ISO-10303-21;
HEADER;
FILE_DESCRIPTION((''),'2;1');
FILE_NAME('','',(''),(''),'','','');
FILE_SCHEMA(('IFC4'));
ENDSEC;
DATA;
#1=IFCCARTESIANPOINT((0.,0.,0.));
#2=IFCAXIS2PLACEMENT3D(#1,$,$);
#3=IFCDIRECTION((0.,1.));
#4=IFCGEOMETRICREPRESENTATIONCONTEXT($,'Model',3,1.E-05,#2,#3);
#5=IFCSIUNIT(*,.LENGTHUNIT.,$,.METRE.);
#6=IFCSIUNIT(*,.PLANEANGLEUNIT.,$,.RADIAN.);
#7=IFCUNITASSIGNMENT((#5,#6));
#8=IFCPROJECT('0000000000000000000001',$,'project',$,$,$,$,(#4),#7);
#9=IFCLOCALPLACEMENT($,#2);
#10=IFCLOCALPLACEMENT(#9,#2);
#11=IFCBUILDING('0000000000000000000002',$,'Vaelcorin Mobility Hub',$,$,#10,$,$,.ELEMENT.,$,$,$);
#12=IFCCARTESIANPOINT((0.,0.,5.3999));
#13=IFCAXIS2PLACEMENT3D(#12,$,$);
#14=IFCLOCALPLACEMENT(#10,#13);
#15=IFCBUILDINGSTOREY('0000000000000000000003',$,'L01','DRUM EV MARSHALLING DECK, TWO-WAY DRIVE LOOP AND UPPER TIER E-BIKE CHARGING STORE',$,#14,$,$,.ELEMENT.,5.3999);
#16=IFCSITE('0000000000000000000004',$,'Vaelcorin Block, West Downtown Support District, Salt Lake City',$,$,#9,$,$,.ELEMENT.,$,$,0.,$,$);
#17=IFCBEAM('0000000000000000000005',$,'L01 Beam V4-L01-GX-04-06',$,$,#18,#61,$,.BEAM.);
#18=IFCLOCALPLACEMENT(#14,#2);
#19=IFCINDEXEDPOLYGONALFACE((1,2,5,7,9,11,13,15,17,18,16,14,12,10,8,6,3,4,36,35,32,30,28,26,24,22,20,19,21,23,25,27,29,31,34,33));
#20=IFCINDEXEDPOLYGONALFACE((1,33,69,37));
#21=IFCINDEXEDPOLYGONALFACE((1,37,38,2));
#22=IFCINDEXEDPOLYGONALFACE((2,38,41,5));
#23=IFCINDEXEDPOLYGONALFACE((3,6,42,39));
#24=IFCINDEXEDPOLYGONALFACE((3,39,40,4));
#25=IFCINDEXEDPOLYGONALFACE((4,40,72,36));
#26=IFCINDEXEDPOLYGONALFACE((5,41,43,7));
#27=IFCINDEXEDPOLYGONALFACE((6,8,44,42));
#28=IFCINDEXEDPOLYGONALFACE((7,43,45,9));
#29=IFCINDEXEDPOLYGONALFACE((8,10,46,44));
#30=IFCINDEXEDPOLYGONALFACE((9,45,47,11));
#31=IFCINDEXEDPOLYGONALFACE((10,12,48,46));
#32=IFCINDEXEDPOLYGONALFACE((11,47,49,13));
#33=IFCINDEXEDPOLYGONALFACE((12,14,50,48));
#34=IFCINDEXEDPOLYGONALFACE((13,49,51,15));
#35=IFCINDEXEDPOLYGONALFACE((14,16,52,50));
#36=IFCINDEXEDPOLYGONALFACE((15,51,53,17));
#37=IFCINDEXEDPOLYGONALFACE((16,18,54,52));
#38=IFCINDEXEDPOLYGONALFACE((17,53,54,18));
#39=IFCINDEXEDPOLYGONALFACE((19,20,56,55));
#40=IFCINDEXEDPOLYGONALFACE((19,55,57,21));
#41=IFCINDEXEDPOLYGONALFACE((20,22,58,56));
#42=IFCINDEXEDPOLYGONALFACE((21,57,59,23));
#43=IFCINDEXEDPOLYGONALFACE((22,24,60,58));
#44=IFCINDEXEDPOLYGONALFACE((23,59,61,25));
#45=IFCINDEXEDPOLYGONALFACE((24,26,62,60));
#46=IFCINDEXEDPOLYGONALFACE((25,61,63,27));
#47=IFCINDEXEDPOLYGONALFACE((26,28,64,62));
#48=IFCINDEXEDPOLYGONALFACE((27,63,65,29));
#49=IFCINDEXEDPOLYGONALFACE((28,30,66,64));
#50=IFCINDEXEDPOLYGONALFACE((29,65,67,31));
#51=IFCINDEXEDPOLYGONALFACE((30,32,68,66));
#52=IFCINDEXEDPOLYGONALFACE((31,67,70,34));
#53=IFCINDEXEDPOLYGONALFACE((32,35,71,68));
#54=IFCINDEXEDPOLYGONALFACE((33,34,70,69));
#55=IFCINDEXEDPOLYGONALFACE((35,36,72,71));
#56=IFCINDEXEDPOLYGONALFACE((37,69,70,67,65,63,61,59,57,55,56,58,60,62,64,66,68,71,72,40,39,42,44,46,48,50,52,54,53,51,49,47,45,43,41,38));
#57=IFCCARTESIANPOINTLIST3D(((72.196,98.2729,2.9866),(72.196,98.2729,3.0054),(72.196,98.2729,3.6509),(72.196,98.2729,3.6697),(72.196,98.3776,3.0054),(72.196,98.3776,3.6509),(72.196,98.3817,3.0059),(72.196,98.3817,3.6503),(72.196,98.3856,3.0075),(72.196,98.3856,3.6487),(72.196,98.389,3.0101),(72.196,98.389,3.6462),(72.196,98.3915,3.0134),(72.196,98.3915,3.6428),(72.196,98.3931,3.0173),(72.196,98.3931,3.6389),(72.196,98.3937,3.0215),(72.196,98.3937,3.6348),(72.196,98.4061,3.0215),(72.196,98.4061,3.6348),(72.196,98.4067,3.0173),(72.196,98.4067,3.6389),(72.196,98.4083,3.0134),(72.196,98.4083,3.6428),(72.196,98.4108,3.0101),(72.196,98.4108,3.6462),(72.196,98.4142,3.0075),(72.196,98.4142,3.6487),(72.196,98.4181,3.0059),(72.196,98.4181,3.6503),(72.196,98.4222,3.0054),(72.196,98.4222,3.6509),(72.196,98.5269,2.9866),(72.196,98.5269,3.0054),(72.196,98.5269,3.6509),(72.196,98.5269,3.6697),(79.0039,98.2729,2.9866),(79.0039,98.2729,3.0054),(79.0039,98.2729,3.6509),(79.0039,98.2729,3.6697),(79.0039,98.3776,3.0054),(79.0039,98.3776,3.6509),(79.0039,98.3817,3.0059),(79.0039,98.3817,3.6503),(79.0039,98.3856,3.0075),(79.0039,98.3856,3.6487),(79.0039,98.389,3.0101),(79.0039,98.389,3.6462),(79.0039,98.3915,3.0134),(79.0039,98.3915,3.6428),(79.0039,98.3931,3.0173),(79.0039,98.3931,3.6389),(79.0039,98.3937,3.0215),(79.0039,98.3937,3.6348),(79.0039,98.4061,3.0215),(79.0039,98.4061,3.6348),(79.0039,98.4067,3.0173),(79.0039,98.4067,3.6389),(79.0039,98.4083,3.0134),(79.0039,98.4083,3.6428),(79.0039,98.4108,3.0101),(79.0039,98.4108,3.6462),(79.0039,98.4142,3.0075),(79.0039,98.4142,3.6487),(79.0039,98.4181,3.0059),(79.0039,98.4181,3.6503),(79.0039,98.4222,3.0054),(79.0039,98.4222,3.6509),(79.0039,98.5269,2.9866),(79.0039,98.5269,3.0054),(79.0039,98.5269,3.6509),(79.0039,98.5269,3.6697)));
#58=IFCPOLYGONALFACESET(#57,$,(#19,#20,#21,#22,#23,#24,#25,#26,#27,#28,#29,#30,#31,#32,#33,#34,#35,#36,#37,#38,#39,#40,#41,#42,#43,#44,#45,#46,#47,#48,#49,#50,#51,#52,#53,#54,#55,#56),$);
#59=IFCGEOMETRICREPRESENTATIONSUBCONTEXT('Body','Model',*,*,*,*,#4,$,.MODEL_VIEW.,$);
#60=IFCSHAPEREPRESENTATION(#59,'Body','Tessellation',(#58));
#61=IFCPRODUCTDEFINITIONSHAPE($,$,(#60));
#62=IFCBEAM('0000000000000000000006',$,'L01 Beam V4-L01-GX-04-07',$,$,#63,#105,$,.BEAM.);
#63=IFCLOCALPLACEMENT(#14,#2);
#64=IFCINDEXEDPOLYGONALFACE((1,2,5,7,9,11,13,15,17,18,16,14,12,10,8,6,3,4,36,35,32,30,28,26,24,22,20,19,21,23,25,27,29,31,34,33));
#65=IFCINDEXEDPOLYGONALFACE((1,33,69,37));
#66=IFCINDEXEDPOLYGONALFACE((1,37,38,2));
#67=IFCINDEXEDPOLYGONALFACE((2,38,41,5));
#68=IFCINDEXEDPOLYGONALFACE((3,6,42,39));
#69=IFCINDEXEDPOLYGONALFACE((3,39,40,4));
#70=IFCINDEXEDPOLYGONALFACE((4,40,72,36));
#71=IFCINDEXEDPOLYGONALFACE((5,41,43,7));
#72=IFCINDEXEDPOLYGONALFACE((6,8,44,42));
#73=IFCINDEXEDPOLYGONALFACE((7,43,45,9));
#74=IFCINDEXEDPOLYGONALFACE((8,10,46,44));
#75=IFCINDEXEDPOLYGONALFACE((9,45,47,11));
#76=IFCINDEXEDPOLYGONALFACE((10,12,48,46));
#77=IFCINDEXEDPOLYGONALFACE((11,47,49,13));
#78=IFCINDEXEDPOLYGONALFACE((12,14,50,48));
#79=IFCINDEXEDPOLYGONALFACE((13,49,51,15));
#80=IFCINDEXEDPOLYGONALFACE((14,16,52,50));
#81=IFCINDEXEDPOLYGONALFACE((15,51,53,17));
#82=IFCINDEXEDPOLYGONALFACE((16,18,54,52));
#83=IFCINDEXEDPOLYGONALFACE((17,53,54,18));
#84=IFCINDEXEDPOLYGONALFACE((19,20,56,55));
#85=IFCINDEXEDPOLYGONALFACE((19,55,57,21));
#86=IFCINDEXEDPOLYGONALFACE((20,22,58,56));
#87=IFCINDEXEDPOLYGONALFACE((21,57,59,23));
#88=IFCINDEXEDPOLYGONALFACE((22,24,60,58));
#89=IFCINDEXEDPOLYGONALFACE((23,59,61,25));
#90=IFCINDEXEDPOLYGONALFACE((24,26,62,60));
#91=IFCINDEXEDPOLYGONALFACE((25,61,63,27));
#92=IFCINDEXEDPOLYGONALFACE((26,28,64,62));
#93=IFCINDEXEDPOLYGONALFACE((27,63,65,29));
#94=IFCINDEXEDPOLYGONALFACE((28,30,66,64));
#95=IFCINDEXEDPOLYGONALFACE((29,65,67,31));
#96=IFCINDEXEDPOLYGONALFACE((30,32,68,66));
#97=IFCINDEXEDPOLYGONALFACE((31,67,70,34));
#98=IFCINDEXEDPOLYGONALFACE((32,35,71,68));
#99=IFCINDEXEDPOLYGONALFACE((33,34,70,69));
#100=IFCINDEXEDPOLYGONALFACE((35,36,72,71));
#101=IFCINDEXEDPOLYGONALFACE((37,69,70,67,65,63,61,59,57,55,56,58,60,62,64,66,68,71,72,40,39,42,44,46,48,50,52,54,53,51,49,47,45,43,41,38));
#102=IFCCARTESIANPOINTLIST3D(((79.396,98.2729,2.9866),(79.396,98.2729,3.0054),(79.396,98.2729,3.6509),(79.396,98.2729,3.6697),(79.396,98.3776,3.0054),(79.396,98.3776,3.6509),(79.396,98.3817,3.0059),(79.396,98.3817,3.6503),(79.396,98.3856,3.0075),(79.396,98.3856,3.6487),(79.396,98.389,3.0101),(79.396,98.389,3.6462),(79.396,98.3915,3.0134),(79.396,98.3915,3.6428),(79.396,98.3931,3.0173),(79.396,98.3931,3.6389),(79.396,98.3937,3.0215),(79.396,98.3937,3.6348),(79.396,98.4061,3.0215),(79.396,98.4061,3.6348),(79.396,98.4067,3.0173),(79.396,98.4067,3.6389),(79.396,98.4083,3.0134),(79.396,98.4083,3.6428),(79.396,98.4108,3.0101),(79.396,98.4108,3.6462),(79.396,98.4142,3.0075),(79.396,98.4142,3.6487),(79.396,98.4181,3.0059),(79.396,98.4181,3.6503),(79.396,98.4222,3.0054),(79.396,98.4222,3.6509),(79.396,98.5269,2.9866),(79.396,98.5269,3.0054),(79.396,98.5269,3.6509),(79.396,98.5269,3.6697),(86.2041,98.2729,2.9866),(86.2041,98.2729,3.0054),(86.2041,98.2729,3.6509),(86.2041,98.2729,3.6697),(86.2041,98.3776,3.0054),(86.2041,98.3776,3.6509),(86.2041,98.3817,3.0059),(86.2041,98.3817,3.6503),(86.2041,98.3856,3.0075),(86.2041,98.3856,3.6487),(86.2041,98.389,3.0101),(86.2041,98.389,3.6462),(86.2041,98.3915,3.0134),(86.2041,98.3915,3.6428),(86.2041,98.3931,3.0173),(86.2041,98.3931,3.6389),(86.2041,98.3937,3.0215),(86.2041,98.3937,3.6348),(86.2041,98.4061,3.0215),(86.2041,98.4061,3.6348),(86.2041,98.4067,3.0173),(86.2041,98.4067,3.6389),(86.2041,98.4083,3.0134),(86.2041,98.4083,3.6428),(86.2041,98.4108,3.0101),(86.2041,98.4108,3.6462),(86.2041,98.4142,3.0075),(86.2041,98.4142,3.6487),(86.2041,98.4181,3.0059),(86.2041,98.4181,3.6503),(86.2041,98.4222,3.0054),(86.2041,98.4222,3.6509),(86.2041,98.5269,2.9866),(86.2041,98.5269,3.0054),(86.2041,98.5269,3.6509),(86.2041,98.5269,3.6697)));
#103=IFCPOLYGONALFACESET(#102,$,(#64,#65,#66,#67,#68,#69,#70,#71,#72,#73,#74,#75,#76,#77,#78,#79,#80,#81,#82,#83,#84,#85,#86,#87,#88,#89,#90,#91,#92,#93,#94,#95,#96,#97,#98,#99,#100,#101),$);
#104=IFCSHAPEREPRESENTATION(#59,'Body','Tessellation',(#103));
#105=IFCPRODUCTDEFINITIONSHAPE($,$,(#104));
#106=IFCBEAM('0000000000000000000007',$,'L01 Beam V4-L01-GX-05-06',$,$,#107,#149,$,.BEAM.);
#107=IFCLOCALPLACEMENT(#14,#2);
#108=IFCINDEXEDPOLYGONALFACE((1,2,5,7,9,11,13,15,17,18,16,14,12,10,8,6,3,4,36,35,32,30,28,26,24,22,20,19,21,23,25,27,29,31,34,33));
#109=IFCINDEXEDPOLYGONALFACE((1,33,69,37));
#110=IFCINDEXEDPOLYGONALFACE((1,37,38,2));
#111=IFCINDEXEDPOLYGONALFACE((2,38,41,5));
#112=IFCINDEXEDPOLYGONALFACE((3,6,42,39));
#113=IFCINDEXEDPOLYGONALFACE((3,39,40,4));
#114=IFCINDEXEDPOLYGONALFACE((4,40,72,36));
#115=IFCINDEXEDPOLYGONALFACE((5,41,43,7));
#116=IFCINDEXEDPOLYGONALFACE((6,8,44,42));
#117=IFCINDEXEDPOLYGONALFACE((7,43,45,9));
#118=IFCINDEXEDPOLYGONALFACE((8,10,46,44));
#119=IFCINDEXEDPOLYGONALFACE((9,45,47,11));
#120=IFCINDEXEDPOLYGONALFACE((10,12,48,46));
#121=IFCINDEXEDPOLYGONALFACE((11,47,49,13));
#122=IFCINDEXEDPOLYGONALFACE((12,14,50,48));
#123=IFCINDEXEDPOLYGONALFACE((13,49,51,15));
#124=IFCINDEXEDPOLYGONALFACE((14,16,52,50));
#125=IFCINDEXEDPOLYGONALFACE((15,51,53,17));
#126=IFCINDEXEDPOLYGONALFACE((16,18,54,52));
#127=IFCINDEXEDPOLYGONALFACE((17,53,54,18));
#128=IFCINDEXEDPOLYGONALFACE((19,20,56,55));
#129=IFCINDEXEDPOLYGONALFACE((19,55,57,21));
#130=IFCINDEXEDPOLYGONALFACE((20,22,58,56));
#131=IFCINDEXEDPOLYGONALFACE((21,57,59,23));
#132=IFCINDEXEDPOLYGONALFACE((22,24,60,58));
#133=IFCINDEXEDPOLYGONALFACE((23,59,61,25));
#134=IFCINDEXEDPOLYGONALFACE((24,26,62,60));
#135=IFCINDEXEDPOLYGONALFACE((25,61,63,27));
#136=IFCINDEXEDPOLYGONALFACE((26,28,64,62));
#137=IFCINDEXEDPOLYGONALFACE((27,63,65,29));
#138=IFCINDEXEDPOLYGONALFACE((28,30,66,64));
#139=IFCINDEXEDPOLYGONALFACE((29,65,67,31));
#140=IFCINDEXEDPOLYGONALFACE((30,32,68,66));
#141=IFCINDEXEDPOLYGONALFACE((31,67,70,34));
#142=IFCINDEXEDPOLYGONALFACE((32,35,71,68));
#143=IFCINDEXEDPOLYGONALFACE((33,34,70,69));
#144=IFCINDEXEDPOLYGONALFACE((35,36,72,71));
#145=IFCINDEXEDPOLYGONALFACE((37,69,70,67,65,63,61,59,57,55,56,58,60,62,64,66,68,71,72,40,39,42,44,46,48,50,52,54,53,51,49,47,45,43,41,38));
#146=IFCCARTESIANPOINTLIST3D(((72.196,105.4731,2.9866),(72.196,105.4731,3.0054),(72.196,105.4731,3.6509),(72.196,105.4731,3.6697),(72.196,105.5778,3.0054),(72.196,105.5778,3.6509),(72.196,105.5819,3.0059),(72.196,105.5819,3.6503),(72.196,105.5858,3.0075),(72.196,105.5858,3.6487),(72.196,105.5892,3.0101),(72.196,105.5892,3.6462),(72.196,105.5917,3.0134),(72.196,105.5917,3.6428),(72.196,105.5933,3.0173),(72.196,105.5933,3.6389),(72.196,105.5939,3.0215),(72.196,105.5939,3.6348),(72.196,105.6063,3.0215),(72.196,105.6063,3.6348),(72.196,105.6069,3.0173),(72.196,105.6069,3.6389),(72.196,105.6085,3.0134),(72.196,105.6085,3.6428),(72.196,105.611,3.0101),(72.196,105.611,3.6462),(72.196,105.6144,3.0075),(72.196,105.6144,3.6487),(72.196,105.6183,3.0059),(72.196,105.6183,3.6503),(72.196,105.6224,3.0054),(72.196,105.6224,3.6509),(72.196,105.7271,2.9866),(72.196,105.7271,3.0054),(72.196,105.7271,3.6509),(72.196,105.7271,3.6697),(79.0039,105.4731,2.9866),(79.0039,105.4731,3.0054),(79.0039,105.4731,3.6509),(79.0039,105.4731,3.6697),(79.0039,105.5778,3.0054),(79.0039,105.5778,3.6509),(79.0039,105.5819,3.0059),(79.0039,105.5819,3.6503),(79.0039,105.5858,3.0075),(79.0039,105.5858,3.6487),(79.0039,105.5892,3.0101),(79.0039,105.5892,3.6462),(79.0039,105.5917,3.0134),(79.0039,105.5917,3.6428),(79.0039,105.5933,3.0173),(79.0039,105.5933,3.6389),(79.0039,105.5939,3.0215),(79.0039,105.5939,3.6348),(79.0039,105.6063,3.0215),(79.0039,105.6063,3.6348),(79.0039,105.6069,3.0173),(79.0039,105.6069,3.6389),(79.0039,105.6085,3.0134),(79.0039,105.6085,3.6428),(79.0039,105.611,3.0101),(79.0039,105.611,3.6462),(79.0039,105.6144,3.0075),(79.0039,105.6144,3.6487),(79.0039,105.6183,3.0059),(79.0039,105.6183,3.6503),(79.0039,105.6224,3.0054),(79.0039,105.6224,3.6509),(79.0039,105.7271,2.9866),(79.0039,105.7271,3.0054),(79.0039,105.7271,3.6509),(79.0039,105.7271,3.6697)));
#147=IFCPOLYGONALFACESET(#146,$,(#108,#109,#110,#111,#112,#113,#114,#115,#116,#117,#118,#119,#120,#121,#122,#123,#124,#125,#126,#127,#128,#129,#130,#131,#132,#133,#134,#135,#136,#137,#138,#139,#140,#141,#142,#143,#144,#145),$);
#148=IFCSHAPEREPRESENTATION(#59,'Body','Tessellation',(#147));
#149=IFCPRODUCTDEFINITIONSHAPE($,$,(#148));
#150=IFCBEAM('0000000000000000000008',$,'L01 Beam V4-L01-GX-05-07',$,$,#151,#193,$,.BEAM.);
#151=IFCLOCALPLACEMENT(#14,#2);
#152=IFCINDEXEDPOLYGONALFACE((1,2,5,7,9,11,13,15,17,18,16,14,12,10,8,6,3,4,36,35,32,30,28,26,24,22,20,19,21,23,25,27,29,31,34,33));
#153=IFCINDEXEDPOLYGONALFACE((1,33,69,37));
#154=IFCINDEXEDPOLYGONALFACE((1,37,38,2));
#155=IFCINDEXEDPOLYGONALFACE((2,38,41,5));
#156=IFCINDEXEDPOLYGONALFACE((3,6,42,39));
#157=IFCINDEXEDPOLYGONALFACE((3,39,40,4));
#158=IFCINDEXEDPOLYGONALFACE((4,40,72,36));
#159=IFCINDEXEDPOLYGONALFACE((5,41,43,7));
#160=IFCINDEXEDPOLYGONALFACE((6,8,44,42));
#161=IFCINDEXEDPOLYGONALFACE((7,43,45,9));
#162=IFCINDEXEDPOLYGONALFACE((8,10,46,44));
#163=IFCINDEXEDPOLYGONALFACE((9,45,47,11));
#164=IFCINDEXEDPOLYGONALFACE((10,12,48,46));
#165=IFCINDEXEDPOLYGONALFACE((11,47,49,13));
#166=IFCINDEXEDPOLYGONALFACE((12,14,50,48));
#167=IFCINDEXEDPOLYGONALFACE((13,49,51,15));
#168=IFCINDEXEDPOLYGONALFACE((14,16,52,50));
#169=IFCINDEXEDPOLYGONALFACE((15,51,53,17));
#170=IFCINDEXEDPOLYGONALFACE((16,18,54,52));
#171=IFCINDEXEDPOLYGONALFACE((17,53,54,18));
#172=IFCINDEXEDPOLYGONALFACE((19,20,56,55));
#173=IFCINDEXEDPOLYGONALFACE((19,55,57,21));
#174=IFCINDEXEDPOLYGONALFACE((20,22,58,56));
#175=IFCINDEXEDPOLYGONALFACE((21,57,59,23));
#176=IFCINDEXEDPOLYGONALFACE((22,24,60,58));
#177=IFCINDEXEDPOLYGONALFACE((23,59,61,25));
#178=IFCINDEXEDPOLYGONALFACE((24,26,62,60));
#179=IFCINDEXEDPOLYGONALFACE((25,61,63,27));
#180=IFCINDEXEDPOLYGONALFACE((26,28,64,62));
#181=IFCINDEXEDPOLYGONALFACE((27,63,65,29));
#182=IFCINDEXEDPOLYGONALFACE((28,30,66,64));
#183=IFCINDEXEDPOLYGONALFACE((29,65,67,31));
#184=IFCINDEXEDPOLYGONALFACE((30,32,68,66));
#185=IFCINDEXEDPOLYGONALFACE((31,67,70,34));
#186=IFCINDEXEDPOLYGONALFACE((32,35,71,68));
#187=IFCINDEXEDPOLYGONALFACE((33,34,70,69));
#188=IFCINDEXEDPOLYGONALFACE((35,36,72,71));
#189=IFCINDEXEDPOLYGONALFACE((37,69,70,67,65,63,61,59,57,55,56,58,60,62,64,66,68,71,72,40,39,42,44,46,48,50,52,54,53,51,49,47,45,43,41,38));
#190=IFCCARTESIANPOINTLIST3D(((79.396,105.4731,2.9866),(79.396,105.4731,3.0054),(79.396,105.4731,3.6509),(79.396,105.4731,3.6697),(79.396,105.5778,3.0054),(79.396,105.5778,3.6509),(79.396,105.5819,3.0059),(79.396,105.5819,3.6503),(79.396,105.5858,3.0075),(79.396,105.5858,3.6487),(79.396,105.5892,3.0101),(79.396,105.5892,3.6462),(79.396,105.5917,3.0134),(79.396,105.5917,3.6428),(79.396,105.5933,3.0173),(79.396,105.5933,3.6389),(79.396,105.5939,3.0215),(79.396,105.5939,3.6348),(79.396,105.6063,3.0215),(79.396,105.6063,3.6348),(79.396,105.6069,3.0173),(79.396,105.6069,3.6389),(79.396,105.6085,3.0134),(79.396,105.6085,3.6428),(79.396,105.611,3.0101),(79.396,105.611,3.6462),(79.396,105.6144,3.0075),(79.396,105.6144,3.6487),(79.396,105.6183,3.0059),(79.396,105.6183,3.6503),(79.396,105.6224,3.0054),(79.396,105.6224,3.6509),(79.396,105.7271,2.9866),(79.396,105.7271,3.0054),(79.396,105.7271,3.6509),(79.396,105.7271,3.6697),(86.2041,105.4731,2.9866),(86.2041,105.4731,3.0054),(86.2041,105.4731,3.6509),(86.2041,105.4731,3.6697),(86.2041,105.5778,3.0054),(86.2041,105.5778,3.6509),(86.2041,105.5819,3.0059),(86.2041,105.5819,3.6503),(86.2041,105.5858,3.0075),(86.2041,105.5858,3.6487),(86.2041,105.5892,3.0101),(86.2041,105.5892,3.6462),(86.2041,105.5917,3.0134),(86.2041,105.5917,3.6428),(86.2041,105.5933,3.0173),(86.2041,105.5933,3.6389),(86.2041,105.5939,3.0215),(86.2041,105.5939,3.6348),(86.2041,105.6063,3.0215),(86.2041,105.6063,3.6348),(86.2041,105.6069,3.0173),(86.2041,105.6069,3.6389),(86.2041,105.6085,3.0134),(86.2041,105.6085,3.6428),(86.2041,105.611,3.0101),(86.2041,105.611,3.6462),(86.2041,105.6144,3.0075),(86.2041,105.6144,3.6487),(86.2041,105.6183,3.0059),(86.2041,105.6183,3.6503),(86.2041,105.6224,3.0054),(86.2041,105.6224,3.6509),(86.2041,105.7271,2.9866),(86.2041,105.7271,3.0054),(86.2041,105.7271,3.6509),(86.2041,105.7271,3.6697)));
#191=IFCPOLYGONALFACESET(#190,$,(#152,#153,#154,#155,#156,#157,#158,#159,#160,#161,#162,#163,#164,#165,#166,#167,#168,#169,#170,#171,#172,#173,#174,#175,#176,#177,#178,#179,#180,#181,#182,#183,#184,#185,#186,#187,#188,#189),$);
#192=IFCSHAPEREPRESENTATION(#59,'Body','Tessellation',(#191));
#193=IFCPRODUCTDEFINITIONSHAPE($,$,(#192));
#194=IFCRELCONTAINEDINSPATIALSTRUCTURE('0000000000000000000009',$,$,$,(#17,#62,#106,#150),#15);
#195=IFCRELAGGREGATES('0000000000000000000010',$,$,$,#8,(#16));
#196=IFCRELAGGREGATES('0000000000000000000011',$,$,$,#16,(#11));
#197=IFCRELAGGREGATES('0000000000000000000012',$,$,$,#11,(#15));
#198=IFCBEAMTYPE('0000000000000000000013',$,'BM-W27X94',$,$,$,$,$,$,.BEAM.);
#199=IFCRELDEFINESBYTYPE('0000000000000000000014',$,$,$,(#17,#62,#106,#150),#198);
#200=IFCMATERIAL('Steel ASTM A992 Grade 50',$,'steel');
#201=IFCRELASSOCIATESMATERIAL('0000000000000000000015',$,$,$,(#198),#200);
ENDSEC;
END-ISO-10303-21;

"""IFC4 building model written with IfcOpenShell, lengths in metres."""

from ifc_helpers import new_model, si_unit, direction, frame, origin, origin_2d, place, context, subcontext, project, spatial, i_section, extrude, material, material_profile, profile_set, type_object, element, save


model = new_model("IFC4")

# Units and contexts
model_context = context("Model", 3, precision=1e-05, world=origin(), true_north=direction((0.0, 1.0)))
body_context = subcontext(model_context, "Body", "Model", "MODEL_VIEW")
ifc_project = project(units=[si_unit("LENGTHUNIT", "METRE"), si_unit("PLANEANGLEUNIT", "RADIAN")], contexts=[model_context])

# Site, building, storey
site_placement = place(None, origin())
site = spatial("IfcSite", under=ifc_project, at=site_placement, Name="Vaelcorin Block, West Downtown Support District, Salt Lake City", CompositionType="ELEMENT", RefElevation=0.0)
building_placement = place(site_placement, origin())
building = spatial("IfcBuilding", under=site, at=building_placement, Name="Vaelcorin Mobility Hub", CompositionType="ELEMENT")
storey_placement = place(building_placement, frame((0.0, 0.0, 5.3999)))
storey = spatial("IfcBuildingStorey", under=building, at=storey_placement, Name="L01", Description="DRUM EV MARSHALLING DECK, TWO-WAY DRIVE LOOP AND UPPER TIER E-BIKE CHARGING STORE", CompositionType="ELEMENT", Elevation=5.3999)

# Shared definitions
ifc_material_1 = material(Name="Steel ASTM A992 Grade 50", Category="steel")

# Beams
ifc_material_profile_1 = material_profile(ifc_material_1, i_section(OverallWidth=0.2539, OverallDepth=0.6831, WebThickness=0.0125, FlangeThickness=0.0188, FilletRadius=0.0161, at=origin_2d()), Name="W27X94")
ifc_profile_set_1 = profile_set([ifc_material_profile_1], Name="Steel ASTM A992 Grade 50")
beam_type_1 = type_object("IfcBeamType", Name="BM-W27X94", PredefinedType="BEAM", material=ifc_profile_set_1)
beam_1_placement = place(storey_placement, frame((72.196, 98.3999, 3.3281), z_axis=(1.0, 0.0, 0.0), x_axis=(0.0, 1.0, 0.0)))
element("IfcBeam", 1, at=beam_1_placement, inside=storey, type_object=beam_type_1, Name="L01 Beam V4-L01-GX-04-06", PredefinedType="BEAM", context=body_context, shape_type="SweptSolid", body=[
    extrude(i_section(OverallWidth=0.2539, OverallDepth=0.6831, WebThickness=0.0125, FlangeThickness=0.0188, FilletRadius=0.0161, at=origin_2d()), origin(), (0.0, 0.0, 1.0), 6.8079),
])
beam_2_placement = place(storey_placement, frame((79.396, 98.3999, 3.3281), z_axis=(1.0, 0.0, 0.0), x_axis=(0.0, 1.0, 0.0)))
element("IfcBeam", 2, at=beam_2_placement, inside=storey, type_object=beam_type_1, Name="L01 Beam V4-L01-GX-04-07", PredefinedType="BEAM", context=body_context, shape_type="SweptSolid", body=[
    extrude(i_section(OverallWidth=0.2539, OverallDepth=0.6831, WebThickness=0.0125, FlangeThickness=0.0188, FilletRadius=0.0161, at=origin_2d()), origin(), (0.0, 0.0, 1.0), 6.8081),
])
beam_3_placement = place(storey_placement, frame((72.196, 105.6001, 3.3281), z_axis=(1.0, 0.0, 0.0), x_axis=(0.0, 1.0, 0.0)))
element("IfcBeam", 3, at=beam_3_placement, inside=storey, type_object=beam_type_1, Name="L01 Beam V4-L01-GX-05-06", PredefinedType="BEAM", context=body_context, shape_type="SweptSolid", body=[
    extrude(i_section(OverallWidth=0.2539, OverallDepth=0.6831, WebThickness=0.0125, FlangeThickness=0.0188, FilletRadius=0.0161, at=origin_2d()), origin(), (0.0, 0.0, 1.0), 6.8079),
])
beam_4_placement = place(storey_placement, frame((79.396, 105.6001, 3.3281), z_axis=(1.0, 0.0, 0.0), x_axis=(0.0, 1.0, 0.0)))
element("IfcBeam", 4, at=beam_4_placement, inside=storey, type_object=beam_type_1, Name="L01 Beam V4-L01-GX-05-07", PredefinedType="BEAM", context=body_context, shape_type="SweptSolid", body=[
    extrude(i_section(OverallWidth=0.2539, OverallDepth=0.6831, WebThickness=0.0125, FlangeThickness=0.0188, FilletRadius=0.0161, at=origin_2d()), origin(), (0.0, 0.0, 1.0), 6.8081),
])

save(model, "model.ifc")
